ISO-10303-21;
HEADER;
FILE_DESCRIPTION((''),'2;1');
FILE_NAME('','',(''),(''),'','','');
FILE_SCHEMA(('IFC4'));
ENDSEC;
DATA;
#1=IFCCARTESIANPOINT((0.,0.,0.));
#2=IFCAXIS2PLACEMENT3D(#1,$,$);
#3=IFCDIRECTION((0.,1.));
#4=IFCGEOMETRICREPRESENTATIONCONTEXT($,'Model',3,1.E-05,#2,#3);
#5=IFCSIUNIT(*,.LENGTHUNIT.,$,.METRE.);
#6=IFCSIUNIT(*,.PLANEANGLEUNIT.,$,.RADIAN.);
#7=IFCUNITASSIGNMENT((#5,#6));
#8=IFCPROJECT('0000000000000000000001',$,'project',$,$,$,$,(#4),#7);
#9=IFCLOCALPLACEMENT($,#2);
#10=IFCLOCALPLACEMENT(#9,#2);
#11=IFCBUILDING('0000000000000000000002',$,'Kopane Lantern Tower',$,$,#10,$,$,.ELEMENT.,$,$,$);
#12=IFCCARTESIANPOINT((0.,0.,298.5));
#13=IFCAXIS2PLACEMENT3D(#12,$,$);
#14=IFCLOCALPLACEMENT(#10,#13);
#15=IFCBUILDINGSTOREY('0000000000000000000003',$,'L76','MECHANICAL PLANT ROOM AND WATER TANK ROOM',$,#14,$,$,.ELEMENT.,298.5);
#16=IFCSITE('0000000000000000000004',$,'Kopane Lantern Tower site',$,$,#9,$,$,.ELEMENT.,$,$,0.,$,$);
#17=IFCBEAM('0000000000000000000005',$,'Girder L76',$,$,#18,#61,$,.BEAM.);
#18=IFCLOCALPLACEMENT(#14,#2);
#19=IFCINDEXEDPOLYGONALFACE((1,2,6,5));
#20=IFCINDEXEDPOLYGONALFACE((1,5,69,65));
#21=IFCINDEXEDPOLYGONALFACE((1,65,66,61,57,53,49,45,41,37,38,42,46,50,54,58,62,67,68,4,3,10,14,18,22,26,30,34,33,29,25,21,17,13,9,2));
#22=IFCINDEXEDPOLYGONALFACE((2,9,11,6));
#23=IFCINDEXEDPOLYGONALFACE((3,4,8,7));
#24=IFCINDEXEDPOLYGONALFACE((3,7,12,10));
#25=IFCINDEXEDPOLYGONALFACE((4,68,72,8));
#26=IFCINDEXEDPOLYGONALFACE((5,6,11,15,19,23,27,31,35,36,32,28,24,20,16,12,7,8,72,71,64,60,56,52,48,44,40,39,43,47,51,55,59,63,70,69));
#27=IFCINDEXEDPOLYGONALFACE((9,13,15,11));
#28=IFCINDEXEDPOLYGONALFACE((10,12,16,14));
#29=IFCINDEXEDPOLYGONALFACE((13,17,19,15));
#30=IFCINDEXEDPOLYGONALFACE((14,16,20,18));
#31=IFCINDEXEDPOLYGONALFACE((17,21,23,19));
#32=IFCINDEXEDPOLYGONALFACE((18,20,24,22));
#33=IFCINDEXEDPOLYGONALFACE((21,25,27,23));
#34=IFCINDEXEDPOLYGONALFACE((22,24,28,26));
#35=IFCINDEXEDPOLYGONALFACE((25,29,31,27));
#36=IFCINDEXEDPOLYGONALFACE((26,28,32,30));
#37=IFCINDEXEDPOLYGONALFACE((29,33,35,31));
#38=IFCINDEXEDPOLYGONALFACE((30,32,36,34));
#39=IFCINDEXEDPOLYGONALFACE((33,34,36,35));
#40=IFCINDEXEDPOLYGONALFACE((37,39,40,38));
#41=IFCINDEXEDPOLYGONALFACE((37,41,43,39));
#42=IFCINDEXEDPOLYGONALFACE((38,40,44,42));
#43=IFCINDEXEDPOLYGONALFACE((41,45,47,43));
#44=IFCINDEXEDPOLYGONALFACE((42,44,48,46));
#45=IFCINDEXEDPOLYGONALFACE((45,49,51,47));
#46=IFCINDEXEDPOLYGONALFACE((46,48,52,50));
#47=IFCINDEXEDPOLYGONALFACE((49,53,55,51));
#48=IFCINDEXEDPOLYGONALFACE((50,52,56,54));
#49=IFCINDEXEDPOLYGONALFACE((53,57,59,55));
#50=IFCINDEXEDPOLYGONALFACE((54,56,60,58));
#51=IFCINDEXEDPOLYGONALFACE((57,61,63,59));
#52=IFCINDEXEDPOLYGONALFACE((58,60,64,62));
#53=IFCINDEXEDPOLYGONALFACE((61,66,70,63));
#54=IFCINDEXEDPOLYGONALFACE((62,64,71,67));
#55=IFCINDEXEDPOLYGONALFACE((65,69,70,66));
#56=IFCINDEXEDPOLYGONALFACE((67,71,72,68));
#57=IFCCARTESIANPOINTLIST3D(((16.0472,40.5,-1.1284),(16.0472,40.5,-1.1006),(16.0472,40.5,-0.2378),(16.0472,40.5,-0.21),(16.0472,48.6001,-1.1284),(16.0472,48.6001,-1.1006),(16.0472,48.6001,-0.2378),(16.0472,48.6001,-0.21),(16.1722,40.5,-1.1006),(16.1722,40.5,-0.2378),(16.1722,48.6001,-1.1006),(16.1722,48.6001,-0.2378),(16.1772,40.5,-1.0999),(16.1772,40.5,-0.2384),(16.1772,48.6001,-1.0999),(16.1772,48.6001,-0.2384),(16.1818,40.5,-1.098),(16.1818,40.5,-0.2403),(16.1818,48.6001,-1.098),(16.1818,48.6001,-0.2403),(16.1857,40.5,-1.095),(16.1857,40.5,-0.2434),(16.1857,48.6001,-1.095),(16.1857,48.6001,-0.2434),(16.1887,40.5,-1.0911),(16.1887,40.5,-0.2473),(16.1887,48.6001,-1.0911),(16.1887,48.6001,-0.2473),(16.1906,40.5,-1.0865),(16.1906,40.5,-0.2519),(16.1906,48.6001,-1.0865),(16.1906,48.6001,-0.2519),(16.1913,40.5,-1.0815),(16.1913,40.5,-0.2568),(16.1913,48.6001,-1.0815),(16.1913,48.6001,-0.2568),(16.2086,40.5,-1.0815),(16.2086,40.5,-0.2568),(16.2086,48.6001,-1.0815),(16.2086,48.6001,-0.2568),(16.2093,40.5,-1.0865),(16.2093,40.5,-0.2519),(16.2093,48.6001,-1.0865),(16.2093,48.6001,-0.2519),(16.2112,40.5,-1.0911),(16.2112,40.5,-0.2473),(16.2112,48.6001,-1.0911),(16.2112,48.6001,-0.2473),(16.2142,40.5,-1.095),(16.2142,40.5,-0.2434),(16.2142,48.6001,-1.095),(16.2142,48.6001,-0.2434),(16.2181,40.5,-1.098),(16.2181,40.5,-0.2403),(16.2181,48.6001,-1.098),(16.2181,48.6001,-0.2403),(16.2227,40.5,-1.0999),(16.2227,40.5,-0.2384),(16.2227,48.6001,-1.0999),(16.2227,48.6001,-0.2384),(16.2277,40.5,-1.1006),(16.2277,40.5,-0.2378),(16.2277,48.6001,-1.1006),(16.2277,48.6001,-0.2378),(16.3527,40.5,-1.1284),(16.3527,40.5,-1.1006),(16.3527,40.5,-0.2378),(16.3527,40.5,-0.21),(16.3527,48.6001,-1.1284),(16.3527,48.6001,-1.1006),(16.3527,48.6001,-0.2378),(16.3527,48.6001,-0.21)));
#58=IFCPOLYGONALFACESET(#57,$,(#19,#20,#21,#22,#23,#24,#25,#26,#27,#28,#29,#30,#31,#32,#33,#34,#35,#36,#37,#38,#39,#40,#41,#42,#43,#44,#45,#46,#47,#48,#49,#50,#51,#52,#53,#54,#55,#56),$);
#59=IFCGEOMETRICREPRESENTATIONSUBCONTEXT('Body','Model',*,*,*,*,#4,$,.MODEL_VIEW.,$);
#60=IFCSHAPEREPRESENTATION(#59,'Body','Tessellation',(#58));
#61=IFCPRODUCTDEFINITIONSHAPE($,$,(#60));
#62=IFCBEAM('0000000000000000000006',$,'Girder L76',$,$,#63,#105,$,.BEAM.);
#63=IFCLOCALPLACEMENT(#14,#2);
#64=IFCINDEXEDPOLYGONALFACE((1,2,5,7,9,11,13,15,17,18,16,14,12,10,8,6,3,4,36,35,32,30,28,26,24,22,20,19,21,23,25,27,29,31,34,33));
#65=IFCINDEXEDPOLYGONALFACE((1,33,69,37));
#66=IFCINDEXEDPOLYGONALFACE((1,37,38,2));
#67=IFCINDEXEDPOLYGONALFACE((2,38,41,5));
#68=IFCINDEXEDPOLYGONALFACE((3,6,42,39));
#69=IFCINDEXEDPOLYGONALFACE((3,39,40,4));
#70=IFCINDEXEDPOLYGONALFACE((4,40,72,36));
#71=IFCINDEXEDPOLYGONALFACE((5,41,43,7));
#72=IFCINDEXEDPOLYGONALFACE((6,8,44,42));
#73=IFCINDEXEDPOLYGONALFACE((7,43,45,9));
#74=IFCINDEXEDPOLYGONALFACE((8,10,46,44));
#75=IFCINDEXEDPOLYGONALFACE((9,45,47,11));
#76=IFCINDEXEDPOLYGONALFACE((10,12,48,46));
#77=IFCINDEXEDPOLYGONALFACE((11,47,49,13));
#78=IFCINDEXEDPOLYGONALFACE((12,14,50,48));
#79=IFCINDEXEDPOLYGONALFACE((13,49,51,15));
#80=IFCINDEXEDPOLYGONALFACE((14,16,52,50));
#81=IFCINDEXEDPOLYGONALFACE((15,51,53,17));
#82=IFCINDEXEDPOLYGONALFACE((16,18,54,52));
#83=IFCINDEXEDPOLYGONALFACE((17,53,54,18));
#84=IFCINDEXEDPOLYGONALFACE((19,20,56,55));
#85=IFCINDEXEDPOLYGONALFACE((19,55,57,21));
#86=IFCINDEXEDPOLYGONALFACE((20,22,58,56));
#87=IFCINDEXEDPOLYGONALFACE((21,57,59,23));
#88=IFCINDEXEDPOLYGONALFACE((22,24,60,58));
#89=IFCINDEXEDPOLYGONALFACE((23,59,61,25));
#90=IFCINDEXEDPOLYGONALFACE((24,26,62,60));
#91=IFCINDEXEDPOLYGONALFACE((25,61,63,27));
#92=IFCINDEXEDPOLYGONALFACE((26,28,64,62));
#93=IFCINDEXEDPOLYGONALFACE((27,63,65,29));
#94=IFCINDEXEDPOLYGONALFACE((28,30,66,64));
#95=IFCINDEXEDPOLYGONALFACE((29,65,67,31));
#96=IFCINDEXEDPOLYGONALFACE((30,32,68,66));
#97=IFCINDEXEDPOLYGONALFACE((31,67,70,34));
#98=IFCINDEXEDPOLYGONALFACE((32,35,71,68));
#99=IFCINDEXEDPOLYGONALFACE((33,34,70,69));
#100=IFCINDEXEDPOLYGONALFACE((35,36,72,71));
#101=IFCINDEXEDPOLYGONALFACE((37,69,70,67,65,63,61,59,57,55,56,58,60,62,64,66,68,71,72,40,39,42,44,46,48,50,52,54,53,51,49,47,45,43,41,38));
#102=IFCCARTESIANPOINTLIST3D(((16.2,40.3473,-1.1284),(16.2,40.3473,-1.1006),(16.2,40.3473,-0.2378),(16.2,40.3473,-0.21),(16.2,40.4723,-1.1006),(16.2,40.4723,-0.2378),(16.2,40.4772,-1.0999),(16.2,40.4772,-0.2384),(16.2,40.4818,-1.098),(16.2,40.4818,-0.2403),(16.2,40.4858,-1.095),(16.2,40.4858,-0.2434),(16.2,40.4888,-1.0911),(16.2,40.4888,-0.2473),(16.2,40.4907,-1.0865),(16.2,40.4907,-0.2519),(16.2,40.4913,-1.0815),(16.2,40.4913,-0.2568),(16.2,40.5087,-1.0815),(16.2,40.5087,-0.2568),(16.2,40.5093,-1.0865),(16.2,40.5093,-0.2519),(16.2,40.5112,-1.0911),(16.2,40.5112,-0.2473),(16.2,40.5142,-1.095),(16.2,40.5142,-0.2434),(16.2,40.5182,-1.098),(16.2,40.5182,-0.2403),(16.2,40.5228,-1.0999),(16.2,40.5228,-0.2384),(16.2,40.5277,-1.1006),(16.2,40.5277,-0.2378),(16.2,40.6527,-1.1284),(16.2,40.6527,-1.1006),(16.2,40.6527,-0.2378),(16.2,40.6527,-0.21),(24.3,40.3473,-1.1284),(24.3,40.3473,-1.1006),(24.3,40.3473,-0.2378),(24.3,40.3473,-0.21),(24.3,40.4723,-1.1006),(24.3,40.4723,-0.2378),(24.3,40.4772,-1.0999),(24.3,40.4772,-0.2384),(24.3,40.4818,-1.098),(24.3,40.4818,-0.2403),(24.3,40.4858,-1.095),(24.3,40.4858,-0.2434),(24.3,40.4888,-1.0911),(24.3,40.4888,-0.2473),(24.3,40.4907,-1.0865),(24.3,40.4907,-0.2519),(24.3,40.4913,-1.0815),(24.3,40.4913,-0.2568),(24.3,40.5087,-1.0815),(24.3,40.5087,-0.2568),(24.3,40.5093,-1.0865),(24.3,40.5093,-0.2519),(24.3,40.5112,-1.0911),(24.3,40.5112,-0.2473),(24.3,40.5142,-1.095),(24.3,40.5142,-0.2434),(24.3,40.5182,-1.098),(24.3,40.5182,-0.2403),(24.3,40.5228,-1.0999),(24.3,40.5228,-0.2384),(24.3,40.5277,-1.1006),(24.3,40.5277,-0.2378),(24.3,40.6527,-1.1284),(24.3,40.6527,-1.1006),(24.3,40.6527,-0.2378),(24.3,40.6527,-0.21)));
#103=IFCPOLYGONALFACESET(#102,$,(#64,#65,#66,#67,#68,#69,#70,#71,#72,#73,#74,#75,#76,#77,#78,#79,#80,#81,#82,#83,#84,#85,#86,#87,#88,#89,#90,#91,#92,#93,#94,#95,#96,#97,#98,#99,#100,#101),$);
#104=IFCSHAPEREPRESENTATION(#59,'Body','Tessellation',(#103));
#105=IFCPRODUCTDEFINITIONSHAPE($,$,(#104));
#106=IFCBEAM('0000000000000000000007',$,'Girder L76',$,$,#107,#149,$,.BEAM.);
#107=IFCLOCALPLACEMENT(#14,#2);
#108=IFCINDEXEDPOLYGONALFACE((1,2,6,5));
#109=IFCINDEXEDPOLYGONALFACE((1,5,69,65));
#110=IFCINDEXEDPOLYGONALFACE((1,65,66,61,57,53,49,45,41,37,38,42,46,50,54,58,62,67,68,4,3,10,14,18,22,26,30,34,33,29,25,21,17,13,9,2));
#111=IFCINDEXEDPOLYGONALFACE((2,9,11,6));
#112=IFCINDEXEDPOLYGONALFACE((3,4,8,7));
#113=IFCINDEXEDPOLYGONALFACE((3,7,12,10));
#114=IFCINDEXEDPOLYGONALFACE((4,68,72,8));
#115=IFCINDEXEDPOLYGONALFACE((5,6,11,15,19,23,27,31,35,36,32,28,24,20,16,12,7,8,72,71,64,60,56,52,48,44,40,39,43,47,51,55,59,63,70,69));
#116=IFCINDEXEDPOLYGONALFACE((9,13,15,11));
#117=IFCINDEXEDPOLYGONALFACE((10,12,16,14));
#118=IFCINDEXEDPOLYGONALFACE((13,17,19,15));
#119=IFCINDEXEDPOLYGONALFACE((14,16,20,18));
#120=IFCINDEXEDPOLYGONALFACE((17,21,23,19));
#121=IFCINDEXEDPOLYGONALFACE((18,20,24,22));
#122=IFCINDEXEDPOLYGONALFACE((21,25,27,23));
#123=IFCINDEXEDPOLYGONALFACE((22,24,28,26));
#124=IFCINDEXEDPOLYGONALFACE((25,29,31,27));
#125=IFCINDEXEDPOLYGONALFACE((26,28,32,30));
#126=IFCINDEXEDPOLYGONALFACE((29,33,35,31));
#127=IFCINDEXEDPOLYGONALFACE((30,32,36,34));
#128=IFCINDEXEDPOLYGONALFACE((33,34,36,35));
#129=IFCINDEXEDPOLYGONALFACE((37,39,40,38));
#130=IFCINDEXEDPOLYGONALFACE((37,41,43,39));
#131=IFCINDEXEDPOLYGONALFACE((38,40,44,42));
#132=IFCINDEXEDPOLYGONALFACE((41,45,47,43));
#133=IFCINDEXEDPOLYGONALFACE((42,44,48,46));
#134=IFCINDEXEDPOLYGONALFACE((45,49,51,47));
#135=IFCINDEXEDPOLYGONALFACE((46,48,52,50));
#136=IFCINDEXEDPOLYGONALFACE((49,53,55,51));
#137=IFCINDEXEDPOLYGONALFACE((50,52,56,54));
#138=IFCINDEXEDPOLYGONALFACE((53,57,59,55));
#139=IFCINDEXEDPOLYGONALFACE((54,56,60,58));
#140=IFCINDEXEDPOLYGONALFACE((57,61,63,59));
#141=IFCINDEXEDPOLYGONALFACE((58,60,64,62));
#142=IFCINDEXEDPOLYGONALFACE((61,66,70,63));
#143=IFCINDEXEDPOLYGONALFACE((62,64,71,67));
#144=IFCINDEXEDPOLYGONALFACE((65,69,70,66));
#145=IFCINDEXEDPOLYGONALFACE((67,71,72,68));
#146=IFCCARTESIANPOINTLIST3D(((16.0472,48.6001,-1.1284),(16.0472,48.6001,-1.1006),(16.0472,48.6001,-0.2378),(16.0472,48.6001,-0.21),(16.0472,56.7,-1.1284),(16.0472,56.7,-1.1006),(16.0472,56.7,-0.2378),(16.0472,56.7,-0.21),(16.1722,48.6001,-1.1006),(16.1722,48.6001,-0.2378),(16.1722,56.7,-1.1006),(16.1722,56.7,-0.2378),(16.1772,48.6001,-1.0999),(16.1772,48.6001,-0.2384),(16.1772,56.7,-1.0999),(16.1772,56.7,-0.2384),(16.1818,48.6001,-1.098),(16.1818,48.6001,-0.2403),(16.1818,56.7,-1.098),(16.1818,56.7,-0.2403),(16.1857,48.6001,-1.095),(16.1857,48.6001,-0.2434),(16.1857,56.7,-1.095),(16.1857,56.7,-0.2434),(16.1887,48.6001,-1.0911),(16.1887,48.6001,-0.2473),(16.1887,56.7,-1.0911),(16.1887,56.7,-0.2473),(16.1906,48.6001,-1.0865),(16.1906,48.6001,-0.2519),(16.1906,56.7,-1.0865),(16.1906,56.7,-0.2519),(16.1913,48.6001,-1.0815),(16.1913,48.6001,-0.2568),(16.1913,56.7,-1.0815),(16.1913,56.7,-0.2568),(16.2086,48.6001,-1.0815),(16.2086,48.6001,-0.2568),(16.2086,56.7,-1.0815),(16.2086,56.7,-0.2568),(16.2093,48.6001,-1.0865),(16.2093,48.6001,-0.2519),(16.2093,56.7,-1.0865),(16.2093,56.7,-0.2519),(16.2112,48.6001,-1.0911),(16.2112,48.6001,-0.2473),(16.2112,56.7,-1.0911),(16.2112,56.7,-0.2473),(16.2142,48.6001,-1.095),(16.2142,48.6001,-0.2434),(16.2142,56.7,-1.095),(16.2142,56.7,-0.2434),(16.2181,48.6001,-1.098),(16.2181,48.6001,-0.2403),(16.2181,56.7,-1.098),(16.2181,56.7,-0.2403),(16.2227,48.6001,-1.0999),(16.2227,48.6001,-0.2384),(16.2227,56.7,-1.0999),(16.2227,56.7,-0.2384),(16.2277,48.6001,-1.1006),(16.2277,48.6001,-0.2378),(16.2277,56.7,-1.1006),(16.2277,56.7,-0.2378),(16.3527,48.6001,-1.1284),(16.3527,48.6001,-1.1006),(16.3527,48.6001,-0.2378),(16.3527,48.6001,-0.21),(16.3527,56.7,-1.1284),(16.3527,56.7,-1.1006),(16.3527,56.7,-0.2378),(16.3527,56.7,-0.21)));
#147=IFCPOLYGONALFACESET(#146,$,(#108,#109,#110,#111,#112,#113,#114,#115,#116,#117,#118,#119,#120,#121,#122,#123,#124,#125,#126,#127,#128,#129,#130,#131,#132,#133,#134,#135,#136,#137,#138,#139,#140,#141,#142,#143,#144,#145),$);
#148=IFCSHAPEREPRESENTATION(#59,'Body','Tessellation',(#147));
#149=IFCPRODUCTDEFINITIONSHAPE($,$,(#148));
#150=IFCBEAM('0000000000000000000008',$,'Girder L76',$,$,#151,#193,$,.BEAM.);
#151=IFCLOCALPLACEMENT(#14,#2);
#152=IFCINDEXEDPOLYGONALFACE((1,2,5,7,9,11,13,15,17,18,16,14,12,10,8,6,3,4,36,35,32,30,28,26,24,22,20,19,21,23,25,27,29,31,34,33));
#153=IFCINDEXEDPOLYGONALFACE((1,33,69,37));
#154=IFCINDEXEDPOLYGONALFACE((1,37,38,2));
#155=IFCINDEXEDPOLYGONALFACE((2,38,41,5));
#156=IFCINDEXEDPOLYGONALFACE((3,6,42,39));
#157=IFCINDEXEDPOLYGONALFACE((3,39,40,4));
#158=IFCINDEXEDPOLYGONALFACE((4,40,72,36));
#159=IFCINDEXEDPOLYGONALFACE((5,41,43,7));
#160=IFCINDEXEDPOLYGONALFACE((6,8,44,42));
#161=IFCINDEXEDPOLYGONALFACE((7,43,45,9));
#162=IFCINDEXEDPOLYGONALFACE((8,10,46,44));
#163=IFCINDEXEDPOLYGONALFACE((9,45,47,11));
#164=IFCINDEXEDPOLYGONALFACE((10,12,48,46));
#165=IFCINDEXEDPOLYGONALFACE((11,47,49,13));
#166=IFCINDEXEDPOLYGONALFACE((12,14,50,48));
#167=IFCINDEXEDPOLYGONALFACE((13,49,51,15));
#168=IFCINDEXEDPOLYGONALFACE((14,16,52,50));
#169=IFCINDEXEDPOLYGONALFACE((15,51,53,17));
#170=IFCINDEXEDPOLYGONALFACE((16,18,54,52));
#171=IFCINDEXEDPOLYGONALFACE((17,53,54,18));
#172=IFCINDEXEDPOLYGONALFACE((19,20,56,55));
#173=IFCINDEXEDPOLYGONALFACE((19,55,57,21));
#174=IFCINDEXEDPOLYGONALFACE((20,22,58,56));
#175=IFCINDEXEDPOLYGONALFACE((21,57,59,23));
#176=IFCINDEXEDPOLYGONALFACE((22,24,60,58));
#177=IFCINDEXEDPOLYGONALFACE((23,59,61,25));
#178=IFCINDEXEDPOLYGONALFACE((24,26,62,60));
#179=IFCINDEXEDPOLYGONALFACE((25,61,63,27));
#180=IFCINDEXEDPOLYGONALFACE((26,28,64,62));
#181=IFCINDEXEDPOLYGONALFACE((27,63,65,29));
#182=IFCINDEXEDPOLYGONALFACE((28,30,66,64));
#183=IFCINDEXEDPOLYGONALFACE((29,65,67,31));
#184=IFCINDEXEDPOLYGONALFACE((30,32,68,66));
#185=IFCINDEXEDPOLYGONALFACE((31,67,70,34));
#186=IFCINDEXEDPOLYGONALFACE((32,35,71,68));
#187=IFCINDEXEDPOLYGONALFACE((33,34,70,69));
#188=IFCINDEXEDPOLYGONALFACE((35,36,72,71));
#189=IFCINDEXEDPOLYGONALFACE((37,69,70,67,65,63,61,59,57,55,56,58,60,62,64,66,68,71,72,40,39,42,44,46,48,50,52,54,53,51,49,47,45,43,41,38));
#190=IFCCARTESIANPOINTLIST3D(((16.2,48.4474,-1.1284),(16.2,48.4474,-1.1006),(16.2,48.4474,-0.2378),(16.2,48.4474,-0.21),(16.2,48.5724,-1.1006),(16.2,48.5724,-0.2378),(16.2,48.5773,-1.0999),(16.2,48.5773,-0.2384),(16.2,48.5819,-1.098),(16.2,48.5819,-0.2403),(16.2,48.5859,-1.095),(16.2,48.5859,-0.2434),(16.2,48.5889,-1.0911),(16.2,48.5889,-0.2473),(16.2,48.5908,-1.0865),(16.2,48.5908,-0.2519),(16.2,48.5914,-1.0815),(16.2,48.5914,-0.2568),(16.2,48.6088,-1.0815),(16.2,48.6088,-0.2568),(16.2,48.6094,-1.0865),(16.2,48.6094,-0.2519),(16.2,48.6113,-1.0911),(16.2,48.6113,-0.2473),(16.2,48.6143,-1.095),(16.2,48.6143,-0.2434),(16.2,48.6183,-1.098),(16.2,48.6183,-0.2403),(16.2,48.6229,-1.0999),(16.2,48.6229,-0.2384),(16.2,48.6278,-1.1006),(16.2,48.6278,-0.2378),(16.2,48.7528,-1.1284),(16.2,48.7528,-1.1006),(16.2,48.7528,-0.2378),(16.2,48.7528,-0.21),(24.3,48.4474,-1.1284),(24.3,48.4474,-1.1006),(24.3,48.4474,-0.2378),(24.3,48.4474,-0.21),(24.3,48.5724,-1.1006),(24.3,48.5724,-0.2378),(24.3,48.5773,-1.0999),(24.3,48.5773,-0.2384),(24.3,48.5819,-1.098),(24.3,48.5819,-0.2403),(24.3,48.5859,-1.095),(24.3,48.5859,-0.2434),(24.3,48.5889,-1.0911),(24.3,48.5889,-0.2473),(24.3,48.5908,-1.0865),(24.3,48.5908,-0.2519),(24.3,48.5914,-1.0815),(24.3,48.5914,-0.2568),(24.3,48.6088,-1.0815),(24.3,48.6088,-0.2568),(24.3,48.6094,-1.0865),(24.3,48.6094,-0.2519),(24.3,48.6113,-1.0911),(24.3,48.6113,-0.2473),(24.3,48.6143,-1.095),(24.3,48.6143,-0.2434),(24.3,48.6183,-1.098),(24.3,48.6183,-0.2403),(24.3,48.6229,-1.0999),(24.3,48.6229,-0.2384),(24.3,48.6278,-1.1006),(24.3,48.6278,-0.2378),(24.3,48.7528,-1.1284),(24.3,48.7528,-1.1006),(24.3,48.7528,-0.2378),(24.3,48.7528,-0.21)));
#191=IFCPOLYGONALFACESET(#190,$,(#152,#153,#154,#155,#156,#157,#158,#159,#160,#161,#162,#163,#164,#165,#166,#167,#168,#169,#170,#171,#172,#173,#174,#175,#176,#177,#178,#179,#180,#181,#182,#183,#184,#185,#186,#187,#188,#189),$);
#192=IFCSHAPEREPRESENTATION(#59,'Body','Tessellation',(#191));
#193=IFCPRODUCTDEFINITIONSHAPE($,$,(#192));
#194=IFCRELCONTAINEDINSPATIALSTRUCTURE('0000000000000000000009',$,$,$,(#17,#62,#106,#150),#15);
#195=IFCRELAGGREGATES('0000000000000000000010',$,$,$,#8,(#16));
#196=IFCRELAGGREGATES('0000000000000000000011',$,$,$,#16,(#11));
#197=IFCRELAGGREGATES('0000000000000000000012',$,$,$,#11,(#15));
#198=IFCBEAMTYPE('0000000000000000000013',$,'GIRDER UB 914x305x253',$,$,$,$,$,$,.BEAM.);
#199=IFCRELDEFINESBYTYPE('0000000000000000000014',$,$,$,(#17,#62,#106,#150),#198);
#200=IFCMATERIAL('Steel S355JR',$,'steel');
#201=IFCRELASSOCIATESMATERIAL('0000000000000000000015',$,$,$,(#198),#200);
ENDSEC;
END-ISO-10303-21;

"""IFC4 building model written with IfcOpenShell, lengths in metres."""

from ifc_helpers import new_model, si_unit, direction, frame, origin, origin_2d, place, context, subcontext, project, spatial, i_section, extrude, material, material_profile, profile_set, type_object, element, save


model = new_model("IFC4")

# Units and contexts
model_context = context("Model", 3, precision=1e-05, world=origin(), true_north=direction((0.0, 1.0)))
body_context = subcontext(model_context, "Body", "Model", "MODEL_VIEW")
ifc_project = project(units=[si_unit("LENGTHUNIT", "METRE"), si_unit("PLANEANGLEUNIT", "RADIAN")], contexts=[model_context])

# Site, building, storey
site_placement = place(None, origin())
site = spatial("IfcSite", under=ifc_project, at=site_placement, Name="Kopane Lantern Tower site", CompositionType="ELEMENT", RefElevation=0.0)
building_placement = place(site_placement, origin())
building = spatial("IfcBuilding", under=site, at=building_placement, Name="Kopane Lantern Tower", CompositionType="ELEMENT")
storey_placement = place(building_placement, frame((0.0, 0.0, 298.5)))
storey = spatial("IfcBuildingStorey", under=building, at=storey_placement, Name="L76", Description="MECHANICAL PLANT ROOM AND WATER TANK ROOM", CompositionType="ELEMENT", Elevation=298.5)

# Beams
ifc_material_1 = material(Name="Steel S355JR", Category="steel")
ifc_material_profile_1 = material_profile(ifc_material_1, i_section(OverallWidth=0.3054, OverallDepth=0.9185, WebThickness=0.0173, FlangeThickness=0.0278, FilletRadius=0.019, at=origin_2d()), Name="UB 914x305x253")
ifc_profile_set_1 = profile_set([ifc_material_profile_1], Name="Steel S355JR")
beam_type_1 = type_object("IfcBeamType", Name="GIRDER UB 914x305x253", PredefinedType="BEAM", material=ifc_profile_set_1)
for number, where, z_axis, x_axis, name in (
    (1, (16.2, 40.5, -0.6692), (0.0, 1.0, 0.0), (-1.0, 0.0, 0.0), "Girder L76"),
    (2, (16.2, 40.5, -0.6692), (1.0, 0.0, 0.0), (0.0, 1.0, 0.0), "Girder L76"),
):
    element("IfcBeam", number, at=place(storey_placement, frame(where, z_axis=z_axis, x_axis=x_axis)), inside=storey, type_object=beam_type_1, Name=name, PredefinedType="BEAM", context=body_context, shape_type="SweptSolid", body=[
        extrude(i_section(OverallWidth=0.3054, OverallDepth=0.9185, WebThickness=0.0173, FlangeThickness=0.0278, FilletRadius=0.019, at=origin_2d()), origin(), (0.0, 0.0, 1.0), 8.1001),
    ])
beam_1_placement = place(storey_placement, frame((16.2, 48.6001, -0.6692), z_axis=(0.0, 1.0, 0.0), x_axis=(-1.0, 0.0, 0.0)))
element("IfcBeam", 3, at=beam_1_placement, inside=storey, type_object=beam_type_1, Name="Girder L76", PredefinedType="BEAM", context=body_context, shape_type="SweptSolid", body=[
    extrude(i_section(OverallWidth=0.3054, OverallDepth=0.9185, WebThickness=0.0173, FlangeThickness=0.0278, FilletRadius=0.019, at=origin_2d()), origin(), (0.0, 0.0, 1.0), 8.0999),
])
for number, where, z_axis, x_axis, name in (
    (4, (16.2, 48.6001, -0.6692), (1.0, 0.0, 0.0), (0.0, 1.0, 0.0), "Girder L76"),
):
    element("IfcBeam", number, at=place(storey_placement, frame(where, z_axis=z_axis, x_axis=x_axis)), inside=storey, type_object=beam_type_1, Name=name, PredefinedType="BEAM", context=body_context, shape_type="SweptSolid", body=[
        extrude(i_section(OverallWidth=0.3054, OverallDepth=0.9185, WebThickness=0.0173, FlangeThickness=0.0278, FilletRadius=0.019, at=origin_2d()), origin(), (0.0, 0.0, 1.0), 8.1001),
    ])

save(model, "model.ifc")
